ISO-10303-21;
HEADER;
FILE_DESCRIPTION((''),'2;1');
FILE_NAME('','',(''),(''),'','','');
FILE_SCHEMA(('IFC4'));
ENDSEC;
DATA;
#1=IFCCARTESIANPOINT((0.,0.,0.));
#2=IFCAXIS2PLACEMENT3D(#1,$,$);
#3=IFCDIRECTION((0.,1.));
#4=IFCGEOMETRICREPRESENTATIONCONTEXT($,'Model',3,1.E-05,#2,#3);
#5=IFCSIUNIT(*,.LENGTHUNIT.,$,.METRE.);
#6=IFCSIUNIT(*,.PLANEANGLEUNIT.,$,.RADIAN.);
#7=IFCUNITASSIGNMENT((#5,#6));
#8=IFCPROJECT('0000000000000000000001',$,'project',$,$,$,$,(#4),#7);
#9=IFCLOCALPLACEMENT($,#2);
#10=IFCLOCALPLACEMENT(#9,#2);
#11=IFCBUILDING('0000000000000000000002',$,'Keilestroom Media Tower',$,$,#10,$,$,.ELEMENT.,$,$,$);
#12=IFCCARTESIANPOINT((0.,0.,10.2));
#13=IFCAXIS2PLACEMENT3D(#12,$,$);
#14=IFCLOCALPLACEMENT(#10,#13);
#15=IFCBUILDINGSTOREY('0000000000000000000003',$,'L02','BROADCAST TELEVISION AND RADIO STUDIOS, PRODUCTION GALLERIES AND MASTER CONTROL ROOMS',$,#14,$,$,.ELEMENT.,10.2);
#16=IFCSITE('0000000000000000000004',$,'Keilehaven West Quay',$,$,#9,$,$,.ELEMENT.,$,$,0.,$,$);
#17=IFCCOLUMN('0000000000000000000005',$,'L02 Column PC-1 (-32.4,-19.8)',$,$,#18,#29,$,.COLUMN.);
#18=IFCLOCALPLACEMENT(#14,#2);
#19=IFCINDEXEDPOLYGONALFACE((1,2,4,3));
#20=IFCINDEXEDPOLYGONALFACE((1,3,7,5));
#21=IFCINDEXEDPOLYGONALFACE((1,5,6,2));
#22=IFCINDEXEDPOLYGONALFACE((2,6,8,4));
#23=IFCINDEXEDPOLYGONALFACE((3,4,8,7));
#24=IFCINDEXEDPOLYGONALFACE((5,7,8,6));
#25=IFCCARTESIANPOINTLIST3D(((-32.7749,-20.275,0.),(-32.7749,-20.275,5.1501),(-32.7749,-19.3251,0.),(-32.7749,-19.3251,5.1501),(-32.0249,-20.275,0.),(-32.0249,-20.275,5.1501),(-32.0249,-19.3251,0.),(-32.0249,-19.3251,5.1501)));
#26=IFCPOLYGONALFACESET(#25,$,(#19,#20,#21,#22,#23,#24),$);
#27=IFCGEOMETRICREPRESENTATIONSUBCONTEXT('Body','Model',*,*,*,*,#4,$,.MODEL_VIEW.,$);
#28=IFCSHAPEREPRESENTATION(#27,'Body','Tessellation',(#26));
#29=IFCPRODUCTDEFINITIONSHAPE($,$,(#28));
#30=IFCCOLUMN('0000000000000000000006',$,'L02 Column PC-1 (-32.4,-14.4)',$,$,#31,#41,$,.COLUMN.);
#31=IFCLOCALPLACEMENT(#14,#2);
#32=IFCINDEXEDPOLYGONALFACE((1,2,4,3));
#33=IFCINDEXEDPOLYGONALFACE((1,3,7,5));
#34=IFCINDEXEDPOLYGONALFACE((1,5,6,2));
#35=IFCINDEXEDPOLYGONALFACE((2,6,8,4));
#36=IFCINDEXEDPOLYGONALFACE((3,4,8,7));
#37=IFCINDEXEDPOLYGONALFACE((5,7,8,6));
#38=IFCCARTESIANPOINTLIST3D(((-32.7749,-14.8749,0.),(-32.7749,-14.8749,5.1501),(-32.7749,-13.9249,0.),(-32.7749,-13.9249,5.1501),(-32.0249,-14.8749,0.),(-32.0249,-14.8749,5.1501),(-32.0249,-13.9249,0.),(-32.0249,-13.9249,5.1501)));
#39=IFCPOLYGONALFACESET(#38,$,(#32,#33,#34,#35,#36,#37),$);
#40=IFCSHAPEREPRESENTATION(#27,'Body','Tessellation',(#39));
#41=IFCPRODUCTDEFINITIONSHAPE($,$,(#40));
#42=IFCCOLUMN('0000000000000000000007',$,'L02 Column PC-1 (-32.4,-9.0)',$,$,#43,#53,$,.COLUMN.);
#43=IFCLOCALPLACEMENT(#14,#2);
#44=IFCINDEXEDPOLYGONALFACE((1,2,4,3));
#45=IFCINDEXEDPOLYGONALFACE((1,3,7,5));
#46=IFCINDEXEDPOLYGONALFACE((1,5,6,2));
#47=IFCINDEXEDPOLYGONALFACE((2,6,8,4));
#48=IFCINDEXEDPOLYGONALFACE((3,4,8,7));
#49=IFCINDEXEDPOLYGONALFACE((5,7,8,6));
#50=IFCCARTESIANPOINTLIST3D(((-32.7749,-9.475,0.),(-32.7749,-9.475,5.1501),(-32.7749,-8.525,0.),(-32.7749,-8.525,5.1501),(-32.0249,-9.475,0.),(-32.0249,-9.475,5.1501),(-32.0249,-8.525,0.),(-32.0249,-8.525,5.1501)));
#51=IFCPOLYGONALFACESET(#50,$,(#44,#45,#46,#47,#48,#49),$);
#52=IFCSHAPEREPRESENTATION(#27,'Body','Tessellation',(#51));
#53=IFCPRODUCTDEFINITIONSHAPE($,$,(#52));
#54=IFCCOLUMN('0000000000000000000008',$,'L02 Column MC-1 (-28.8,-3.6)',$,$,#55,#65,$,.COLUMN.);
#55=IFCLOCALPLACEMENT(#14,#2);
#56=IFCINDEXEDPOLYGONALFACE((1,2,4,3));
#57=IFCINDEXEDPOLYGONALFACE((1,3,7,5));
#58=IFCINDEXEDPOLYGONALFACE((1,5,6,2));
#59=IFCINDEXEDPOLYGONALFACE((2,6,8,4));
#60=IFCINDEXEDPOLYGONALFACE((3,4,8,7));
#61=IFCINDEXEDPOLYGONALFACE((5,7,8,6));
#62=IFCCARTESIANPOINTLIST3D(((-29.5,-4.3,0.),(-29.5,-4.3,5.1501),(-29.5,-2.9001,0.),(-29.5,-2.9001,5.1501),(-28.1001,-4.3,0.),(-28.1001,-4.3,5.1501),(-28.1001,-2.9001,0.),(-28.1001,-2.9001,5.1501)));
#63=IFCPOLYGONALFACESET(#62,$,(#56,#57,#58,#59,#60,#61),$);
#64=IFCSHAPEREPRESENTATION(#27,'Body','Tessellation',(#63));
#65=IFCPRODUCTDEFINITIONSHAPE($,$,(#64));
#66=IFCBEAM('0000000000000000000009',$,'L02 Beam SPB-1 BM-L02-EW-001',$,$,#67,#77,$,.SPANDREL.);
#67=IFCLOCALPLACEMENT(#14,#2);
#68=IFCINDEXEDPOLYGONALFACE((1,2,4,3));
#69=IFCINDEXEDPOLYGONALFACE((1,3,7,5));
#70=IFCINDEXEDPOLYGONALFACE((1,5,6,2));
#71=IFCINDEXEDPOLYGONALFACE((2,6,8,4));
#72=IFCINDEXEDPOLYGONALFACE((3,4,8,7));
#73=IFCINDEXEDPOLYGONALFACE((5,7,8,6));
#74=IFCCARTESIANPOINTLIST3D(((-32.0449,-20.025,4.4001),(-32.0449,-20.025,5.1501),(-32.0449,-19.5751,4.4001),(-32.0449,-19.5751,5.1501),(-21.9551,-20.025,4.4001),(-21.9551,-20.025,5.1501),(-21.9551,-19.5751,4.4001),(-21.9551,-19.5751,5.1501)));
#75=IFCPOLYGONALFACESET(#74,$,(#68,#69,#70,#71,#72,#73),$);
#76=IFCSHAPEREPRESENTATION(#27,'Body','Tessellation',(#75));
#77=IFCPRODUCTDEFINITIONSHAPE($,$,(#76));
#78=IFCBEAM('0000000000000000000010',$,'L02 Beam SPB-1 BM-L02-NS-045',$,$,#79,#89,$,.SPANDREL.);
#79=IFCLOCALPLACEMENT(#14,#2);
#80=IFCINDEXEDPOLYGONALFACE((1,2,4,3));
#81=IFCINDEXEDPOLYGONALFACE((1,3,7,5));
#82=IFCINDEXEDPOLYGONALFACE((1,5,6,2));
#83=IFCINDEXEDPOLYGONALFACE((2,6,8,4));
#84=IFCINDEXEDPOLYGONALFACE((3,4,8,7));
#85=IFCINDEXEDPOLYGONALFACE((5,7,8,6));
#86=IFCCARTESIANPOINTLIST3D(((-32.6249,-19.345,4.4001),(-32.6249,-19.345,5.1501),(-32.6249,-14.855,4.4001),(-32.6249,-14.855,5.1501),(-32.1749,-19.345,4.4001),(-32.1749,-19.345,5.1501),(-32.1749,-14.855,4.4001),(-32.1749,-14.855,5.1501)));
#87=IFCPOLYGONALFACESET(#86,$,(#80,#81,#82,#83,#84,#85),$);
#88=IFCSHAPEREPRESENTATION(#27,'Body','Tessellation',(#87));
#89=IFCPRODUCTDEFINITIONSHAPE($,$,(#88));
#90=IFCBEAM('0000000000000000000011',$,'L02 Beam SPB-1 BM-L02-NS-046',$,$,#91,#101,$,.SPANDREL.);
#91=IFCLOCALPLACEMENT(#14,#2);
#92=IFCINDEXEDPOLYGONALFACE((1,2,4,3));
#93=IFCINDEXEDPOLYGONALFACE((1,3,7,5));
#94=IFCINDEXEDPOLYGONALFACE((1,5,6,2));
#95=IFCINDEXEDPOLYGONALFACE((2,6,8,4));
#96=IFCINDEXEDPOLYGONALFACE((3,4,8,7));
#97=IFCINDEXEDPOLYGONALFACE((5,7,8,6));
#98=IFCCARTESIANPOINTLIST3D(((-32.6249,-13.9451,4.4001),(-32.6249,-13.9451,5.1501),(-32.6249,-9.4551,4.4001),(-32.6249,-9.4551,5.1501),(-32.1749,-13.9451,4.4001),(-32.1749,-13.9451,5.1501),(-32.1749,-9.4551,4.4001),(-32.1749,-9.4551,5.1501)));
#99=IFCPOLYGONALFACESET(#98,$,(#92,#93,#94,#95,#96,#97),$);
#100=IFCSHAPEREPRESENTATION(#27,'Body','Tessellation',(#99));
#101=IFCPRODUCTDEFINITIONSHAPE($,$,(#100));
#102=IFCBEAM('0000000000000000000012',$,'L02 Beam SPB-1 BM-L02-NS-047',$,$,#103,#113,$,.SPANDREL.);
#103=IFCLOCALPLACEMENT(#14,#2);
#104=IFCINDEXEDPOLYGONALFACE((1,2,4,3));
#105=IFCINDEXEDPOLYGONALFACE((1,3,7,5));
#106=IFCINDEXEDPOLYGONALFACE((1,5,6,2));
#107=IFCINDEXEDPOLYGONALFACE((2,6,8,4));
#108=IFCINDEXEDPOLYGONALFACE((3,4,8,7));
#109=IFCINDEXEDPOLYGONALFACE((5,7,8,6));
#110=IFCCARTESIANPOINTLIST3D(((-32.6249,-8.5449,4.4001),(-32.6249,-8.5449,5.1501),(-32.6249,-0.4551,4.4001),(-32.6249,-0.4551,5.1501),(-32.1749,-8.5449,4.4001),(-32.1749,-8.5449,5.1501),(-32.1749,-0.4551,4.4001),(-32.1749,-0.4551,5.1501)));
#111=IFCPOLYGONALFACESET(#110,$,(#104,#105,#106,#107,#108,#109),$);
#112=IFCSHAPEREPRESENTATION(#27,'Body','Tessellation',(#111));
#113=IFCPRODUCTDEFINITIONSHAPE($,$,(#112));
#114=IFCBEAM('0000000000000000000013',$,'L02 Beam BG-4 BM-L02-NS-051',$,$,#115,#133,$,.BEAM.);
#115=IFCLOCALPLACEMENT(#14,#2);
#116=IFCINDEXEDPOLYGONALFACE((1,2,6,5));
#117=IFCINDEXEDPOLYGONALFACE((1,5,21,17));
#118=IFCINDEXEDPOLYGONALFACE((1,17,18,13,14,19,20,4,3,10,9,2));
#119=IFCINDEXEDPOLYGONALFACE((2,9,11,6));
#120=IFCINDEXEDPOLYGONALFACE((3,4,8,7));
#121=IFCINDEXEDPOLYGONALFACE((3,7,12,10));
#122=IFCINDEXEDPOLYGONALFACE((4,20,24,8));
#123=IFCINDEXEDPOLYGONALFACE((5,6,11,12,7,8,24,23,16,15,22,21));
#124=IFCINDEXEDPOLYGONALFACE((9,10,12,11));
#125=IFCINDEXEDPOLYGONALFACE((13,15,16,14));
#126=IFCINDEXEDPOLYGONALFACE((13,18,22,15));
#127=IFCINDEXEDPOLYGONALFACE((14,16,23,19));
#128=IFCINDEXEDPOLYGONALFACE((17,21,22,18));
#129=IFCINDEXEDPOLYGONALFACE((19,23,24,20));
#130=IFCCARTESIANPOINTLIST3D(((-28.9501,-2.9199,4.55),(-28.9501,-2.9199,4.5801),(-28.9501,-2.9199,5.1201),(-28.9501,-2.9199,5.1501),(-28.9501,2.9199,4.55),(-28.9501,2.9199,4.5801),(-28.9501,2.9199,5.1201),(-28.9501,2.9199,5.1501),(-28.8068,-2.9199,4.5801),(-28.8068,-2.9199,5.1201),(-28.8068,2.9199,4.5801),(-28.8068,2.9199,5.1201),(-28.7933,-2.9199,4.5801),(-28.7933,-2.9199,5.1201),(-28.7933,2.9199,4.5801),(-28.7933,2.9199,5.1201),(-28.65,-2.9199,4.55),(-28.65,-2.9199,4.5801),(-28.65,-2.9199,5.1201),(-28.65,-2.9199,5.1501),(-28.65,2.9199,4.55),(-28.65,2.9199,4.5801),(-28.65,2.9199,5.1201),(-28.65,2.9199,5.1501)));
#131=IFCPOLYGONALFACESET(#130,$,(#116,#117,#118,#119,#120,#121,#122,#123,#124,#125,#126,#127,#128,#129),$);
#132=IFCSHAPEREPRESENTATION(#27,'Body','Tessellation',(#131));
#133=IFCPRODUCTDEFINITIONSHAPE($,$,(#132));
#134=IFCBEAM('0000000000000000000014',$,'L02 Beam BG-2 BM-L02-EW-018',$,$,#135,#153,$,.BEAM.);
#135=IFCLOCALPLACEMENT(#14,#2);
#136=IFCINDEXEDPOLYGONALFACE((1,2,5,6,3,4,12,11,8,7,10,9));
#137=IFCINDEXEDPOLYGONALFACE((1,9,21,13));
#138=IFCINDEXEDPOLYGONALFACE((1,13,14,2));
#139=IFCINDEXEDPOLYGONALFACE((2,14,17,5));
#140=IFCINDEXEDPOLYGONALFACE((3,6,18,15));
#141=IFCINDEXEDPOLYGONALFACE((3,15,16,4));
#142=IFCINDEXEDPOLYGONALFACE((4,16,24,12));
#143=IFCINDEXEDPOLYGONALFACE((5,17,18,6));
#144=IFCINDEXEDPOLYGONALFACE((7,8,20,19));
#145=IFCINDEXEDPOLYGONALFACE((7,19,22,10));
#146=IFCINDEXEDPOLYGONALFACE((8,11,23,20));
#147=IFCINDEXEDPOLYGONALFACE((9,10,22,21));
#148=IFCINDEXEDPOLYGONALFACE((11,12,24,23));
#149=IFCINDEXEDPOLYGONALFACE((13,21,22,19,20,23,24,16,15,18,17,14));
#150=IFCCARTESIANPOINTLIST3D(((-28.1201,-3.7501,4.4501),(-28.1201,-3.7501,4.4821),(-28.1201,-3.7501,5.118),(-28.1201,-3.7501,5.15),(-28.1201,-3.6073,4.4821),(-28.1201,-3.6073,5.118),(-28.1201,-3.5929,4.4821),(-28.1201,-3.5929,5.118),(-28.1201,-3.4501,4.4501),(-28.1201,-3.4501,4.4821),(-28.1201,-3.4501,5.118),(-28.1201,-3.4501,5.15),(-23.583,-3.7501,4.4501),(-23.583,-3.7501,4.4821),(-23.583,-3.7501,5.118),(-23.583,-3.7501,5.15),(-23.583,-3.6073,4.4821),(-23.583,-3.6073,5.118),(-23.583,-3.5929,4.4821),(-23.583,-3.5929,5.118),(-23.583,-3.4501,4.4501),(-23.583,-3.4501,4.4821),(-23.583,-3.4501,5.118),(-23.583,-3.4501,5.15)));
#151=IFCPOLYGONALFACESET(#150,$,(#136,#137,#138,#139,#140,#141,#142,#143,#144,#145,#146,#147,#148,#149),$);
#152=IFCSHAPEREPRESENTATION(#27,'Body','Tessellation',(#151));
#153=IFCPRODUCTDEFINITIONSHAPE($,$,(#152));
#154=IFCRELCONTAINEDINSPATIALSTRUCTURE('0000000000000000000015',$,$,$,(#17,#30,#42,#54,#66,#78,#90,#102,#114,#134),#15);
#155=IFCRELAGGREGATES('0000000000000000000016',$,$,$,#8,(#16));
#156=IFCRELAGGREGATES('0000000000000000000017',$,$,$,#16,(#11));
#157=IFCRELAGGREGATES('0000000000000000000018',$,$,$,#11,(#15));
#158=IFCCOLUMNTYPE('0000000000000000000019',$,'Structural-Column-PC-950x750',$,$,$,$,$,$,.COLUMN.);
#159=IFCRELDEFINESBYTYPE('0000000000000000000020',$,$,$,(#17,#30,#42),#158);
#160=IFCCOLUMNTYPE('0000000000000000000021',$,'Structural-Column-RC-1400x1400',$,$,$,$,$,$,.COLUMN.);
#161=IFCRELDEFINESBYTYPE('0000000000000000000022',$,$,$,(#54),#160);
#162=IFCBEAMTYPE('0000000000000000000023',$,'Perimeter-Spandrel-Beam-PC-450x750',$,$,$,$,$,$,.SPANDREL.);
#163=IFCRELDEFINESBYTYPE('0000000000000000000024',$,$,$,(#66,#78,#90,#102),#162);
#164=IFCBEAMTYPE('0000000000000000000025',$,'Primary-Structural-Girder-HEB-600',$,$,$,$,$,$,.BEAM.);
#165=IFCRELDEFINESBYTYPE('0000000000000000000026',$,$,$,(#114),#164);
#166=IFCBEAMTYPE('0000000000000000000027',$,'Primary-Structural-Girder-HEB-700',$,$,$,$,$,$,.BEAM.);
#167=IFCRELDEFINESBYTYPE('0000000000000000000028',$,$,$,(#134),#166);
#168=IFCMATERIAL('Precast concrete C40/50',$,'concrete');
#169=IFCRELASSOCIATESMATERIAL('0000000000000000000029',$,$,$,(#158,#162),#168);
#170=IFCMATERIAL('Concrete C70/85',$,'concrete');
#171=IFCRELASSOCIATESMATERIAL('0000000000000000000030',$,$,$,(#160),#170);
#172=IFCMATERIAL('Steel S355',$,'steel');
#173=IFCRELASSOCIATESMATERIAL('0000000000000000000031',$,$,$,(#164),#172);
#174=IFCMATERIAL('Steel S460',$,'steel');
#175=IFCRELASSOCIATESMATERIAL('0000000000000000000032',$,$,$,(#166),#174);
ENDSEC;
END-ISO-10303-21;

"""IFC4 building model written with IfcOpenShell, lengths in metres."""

from ifc_helpers import new_model, si_unit, direction, frame, origin, origin_2d, place, context, subcontext, project, spatial, rectangle, i_section, extrude, source, transform, mapped, material, material_profile, profile_set, type_object, element, save


model = new_model("IFC4")

# Units and contexts
model_context = context("Model", 3, precision=1e-05, world=origin(), true_north=direction((0.0, 1.0)))
body_context = subcontext(model_context, "Body", "Model", "MODEL_VIEW")
ifc_project = project(units=[si_unit("LENGTHUNIT", "METRE"), si_unit("PLANEANGLEUNIT", "RADIAN")], contexts=[model_context])

# Site, building, storey
site_placement = place(None, origin())
site = spatial("IfcSite", under=ifc_project, at=site_placement, Name="Keilehaven West Quay", CompositionType="ELEMENT", RefElevation=0.0)
building_placement = place(site_placement, origin())
building = spatial("IfcBuilding", under=site, at=building_placement, Name="Keilestroom Media Tower", CompositionType="ELEMENT")
storey_placement = place(building_placement, frame((0.0, 0.0, 10.2)))
storey = spatial("IfcBuildingStorey", under=building, at=storey_placement, Name="L02", Description="BROADCAST TELEVISION AND RADIO STUDIOS, PRODUCTION GALLERIES AND MASTER CONTROL ROOMS", CompositionType="ELEMENT", Elevation=10.2)

# Columns
ifc_material_1 = material(Name="Precast concrete C40/50", Category="concrete")
ifc_material_profile_1 = material_profile(ifc_material_1, rectangle(XDim=0.75, YDim=0.95, at=origin_2d()), Name="PC 950x750")
ifc_profile_set_1 = profile_set([ifc_material_profile_1], Name="Precast concrete C40/50")
column_type_1 = type_object("IfcColumnType", Name="Structural-Column-PC-950x750", PredefinedType="COLUMN", material=ifc_profile_set_1)
shared_shape_1 = source(origin(), body_context, "Body", "SweptSolid", [
    extrude(rectangle(XDim=0.75, YDim=0.95, at=origin_2d()), origin(), (0.0, 0.0, 1.0), 5.1501),
])
for number, where, z_axis, x_axis, name in (
    (1, (-32.3999, -19.8, 0.0), (0.0, 0.0, 1.0), (1.0, 0.0, 0.0), "L02 Column PC-1 (-32.4,-19.8)"),
    (2, (-32.3999, -14.3999, 0.0), (0.0, 0.0, 1.0), (1.0, 0.0, 0.0), "L02 Column PC-1 (-32.4,-14.4)"),
    (3, (-32.3999, -9.0, 0.0), (0.0, 0.0, 1.0), (1.0, 0.0, 0.0), "L02 Column PC-1 (-32.4,-9.0)"),
):
    element("IfcColumn", number, at=place(storey_placement, frame(where, z_axis=z_axis, x_axis=x_axis)), inside=storey, type_object=column_type_1, Name=name, PredefinedType="COLUMN", context=body_context, shape_type="MappedRepresentation", body=[
        mapped(shared_shape_1, transform((0.0, 0.0, 0.0), x_axis=(1.0, 0.0, 0.0), y_axis=(0.0, 1.0, 0.0), z_axis=(0.0, 0.0, 1.0), scale=1.0)),
    ])
ifc_material_2 = material(Name="Concrete C70/85", Category="concrete")
ifc_material_profile_2 = material_profile(ifc_material_2, rectangle(XDim=1.3999, YDim=1.3999, at=origin_2d()), Name="RC 1400x1400")
ifc_profile_set_2 = profile_set([ifc_material_profile_2], Name="Concrete C70/85")
column_type_2 = type_object("IfcColumnType", Name="Structural-Column-RC-1400x1400", PredefinedType="COLUMN", material=ifc_profile_set_2)
shared_shape_2 = source(origin(), body_context, "Body", "SweptSolid", [
    extrude(rectangle(XDim=1.3999, YDim=1.3999, at=origin_2d()), origin(), (0.0, 0.0, 1.0), 5.1501),
])
column_placement = place(storey_placement, frame((-28.8, -3.6001, 0.0), z_axis=(0.0, 0.0, 1.0), x_axis=(1.0, 0.0, 0.0)))
element("IfcColumn", 4, at=column_placement, inside=storey, type_object=column_type_2, Name="L02 Column MC-1 (-28.8,-3.6)", PredefinedType="COLUMN", context=body_context, shape_type="MappedRepresentation", body=[
    mapped(shared_shape_2, transform((0.0, 0.0, 0.0), x_axis=(1.0, 0.0, 0.0), y_axis=(0.0, 1.0, 0.0), z_axis=(0.0, 0.0, 1.0), scale=1.0)),
])

# Beams
ifc_material_profile_3 = material_profile(ifc_material_1, rectangle(XDim=0.45, YDim=0.75, at=origin_2d()), Name="PC 450x750")
ifc_profile_set_3 = profile_set([ifc_material_profile_3], Name="Precast concrete C40/50")
beam_type_1 = type_object("IfcBeamType", Name="Perimeter-Spandrel-Beam-PC-450x750", PredefinedType="SPANDREL", material=ifc_profile_set_3)
shared_shape_3 = source(origin(), body_context, "Body", "SweptSolid", [
    extrude(rectangle(XDim=0.45, YDim=0.75, at=origin_2d()), origin(), (0.0, 0.0, 1.0), 10.0898),
])
beam_1_placement = place(storey_placement, frame((-32.0449, -19.8, 4.7751), z_axis=(1.0, 0.0, 0.0), x_axis=(0.0, 1.0, 0.0)))
element("IfcBeam", 5, at=beam_1_placement, inside=storey, type_object=beam_type_1, Name="L02 Beam SPB-1 BM-L02-EW-001", PredefinedType="SPANDREL", context=body_context, shape_type="MappedRepresentation", body=[
    mapped(shared_shape_3, transform((0.0, 0.0, 0.0), x_axis=(1.0, 0.0, 0.0), y_axis=(0.0, 1.0, 0.0), z_axis=(0.0, 0.0, 1.0), scale=1.0)),
])
shared_shape_4 = source(origin(), body_context, "Body", "SweptSolid", [
    extrude(rectangle(XDim=0.45, YDim=0.75, at=origin_2d()), origin(), (0.0, 0.0, 1.0), 4.49),
])
for number, where, z_axis, x_axis, name in (
    (6, (-32.3999, -19.345, 4.7751), (0.0, 1.0, 0.0), (-1.0, 0.0, 0.0), "L02 Beam SPB-1 BM-L02-NS-045"),
    (7, (-32.3999, -13.9451, 4.7751), (0.0, 1.0, 0.0), (-1.0, 0.0, 0.0), "L02 Beam SPB-1 BM-L02-NS-046"),
):
    element("IfcBeam", number, at=place(storey_placement, frame(where, z_axis=z_axis, x_axis=x_axis)), inside=storey, type_object=beam_type_1, Name=name, PredefinedType="SPANDREL", context=body_context, shape_type="MappedRepresentation", body=[
        mapped(shared_shape_4, transform((0.0, 0.0, 0.0), x_axis=(1.0, 0.0, 0.0), y_axis=(0.0, 1.0, 0.0), z_axis=(0.0, 0.0, 1.0), scale=1.0)),
    ])
shared_shape_5 = source(origin(), body_context, "Body", "SweptSolid", [
    extrude(rectangle(XDim=0.45, YDim=0.75, at=origin_2d()), origin(), (0.0, 0.0, 1.0), 8.0898),
])
beam_2_placement = place(storey_placement, frame((-32.3999, -8.5449, 4.7751), z_axis=(0.0, 1.0, 0.0), x_axis=(-1.0, 0.0, 0.0)))
element("IfcBeam", 8, at=beam_2_placement, inside=storey, type_object=beam_type_1, Name="L02 Beam SPB-1 BM-L02-NS-047", PredefinedType="SPANDREL", context=body_context, shape_type="MappedRepresentation", body=[
    mapped(shared_shape_5, transform((0.0, 0.0, 0.0), x_axis=(1.0, 0.0, 0.0), y_axis=(0.0, 1.0, 0.0), z_axis=(0.0, 0.0, 1.0), scale=1.0)),
])
ifc_material_3 = material(Name="Steel S355", Category="steel")
ifc_material_profile_4 = material_profile(ifc_material_3, i_section(OverallWidth=0.3, OverallDepth=0.6001, WebThickness=0.0134, FlangeThickness=0.03, at=origin_2d()), Name="HEB 600")
ifc_profile_set_4 = profile_set([ifc_material_profile_4], Name="Steel S355")
beam_type_2 = type_object("IfcBeamType", Name="Primary-Structural-Girder-HEB-600", PredefinedType="BEAM", material=ifc_profile_set_4)
shared_shape_6 = source(origin(), body_context, "Body", "SweptSolid", [
    extrude(i_section(OverallWidth=0.3, OverallDepth=0.6001, WebThickness=0.0134, FlangeThickness=0.03, at=origin_2d()), origin(), (0.0, 0.0, 1.0), 5.8398),
])
beam_3_placement = place(storey_placement, frame((-28.8, -2.9199, 4.8501), z_axis=(0.0, 1.0, 0.0), x_axis=(-1.0, 0.0, 0.0)))
element("IfcBeam", 9, at=beam_3_placement, inside=storey, type_object=beam_type_2, Name="L02 Beam BG-4 BM-L02-NS-051", PredefinedType="BEAM", context=body_context, shape_type="MappedRepresentation", body=[
    mapped(shared_shape_6, transform((0.0, 0.0, 0.0), x_axis=(1.0, 0.0, 0.0), y_axis=(0.0, 1.0, 0.0), z_axis=(0.0, 0.0, 1.0), scale=1.0)),
])
ifc_material_4 = material(Name="Steel S460", Category="steel")
ifc_material_profile_5 = material_profile(ifc_material_4, i_section(OverallWidth=0.3, OverallDepth=0.7, WebThickness=0.0144, FlangeThickness=0.032, at=origin_2d()), Name="HEB 700")
ifc_profile_set_5 = profile_set([ifc_material_profile_5], Name="Steel S460")
beam_type_3 = type_object("IfcBeamType", Name="Primary-Structural-Girder-HEB-700", PredefinedType="BEAM", material=ifc_profile_set_5)
shared_shape_7 = source(origin(), body_context, "Body", "SweptSolid", [
    extrude(i_section(OverallWidth=0.3, OverallDepth=0.7, WebThickness=0.0144, FlangeThickness=0.032, at=origin_2d()), origin(), (0.0, 0.0, 1.0), 4.5371),
])
beam_4_placement = place(storey_placement, frame((-28.1201, -3.6001, 4.8), z_axis=(1.0, 0.0, 0.0), x_axis=(0.0, 1.0, 0.0)))
element("IfcBeam", 10, at=beam_4_placement, inside=storey, type_object=beam_type_3, Name="L02 Beam BG-2 BM-L02-EW-018", PredefinedType="BEAM", context=body_context, shape_type="MappedRepresentation", body=[
    mapped(shared_shape_7, transform((0.0, 0.0, 0.0), x_axis=(1.0, 0.0, 0.0), y_axis=(0.0, 1.0, 0.0), z_axis=(0.0, 0.0, 1.0), scale=1.0)),
])

save(model, "model.ifc")
